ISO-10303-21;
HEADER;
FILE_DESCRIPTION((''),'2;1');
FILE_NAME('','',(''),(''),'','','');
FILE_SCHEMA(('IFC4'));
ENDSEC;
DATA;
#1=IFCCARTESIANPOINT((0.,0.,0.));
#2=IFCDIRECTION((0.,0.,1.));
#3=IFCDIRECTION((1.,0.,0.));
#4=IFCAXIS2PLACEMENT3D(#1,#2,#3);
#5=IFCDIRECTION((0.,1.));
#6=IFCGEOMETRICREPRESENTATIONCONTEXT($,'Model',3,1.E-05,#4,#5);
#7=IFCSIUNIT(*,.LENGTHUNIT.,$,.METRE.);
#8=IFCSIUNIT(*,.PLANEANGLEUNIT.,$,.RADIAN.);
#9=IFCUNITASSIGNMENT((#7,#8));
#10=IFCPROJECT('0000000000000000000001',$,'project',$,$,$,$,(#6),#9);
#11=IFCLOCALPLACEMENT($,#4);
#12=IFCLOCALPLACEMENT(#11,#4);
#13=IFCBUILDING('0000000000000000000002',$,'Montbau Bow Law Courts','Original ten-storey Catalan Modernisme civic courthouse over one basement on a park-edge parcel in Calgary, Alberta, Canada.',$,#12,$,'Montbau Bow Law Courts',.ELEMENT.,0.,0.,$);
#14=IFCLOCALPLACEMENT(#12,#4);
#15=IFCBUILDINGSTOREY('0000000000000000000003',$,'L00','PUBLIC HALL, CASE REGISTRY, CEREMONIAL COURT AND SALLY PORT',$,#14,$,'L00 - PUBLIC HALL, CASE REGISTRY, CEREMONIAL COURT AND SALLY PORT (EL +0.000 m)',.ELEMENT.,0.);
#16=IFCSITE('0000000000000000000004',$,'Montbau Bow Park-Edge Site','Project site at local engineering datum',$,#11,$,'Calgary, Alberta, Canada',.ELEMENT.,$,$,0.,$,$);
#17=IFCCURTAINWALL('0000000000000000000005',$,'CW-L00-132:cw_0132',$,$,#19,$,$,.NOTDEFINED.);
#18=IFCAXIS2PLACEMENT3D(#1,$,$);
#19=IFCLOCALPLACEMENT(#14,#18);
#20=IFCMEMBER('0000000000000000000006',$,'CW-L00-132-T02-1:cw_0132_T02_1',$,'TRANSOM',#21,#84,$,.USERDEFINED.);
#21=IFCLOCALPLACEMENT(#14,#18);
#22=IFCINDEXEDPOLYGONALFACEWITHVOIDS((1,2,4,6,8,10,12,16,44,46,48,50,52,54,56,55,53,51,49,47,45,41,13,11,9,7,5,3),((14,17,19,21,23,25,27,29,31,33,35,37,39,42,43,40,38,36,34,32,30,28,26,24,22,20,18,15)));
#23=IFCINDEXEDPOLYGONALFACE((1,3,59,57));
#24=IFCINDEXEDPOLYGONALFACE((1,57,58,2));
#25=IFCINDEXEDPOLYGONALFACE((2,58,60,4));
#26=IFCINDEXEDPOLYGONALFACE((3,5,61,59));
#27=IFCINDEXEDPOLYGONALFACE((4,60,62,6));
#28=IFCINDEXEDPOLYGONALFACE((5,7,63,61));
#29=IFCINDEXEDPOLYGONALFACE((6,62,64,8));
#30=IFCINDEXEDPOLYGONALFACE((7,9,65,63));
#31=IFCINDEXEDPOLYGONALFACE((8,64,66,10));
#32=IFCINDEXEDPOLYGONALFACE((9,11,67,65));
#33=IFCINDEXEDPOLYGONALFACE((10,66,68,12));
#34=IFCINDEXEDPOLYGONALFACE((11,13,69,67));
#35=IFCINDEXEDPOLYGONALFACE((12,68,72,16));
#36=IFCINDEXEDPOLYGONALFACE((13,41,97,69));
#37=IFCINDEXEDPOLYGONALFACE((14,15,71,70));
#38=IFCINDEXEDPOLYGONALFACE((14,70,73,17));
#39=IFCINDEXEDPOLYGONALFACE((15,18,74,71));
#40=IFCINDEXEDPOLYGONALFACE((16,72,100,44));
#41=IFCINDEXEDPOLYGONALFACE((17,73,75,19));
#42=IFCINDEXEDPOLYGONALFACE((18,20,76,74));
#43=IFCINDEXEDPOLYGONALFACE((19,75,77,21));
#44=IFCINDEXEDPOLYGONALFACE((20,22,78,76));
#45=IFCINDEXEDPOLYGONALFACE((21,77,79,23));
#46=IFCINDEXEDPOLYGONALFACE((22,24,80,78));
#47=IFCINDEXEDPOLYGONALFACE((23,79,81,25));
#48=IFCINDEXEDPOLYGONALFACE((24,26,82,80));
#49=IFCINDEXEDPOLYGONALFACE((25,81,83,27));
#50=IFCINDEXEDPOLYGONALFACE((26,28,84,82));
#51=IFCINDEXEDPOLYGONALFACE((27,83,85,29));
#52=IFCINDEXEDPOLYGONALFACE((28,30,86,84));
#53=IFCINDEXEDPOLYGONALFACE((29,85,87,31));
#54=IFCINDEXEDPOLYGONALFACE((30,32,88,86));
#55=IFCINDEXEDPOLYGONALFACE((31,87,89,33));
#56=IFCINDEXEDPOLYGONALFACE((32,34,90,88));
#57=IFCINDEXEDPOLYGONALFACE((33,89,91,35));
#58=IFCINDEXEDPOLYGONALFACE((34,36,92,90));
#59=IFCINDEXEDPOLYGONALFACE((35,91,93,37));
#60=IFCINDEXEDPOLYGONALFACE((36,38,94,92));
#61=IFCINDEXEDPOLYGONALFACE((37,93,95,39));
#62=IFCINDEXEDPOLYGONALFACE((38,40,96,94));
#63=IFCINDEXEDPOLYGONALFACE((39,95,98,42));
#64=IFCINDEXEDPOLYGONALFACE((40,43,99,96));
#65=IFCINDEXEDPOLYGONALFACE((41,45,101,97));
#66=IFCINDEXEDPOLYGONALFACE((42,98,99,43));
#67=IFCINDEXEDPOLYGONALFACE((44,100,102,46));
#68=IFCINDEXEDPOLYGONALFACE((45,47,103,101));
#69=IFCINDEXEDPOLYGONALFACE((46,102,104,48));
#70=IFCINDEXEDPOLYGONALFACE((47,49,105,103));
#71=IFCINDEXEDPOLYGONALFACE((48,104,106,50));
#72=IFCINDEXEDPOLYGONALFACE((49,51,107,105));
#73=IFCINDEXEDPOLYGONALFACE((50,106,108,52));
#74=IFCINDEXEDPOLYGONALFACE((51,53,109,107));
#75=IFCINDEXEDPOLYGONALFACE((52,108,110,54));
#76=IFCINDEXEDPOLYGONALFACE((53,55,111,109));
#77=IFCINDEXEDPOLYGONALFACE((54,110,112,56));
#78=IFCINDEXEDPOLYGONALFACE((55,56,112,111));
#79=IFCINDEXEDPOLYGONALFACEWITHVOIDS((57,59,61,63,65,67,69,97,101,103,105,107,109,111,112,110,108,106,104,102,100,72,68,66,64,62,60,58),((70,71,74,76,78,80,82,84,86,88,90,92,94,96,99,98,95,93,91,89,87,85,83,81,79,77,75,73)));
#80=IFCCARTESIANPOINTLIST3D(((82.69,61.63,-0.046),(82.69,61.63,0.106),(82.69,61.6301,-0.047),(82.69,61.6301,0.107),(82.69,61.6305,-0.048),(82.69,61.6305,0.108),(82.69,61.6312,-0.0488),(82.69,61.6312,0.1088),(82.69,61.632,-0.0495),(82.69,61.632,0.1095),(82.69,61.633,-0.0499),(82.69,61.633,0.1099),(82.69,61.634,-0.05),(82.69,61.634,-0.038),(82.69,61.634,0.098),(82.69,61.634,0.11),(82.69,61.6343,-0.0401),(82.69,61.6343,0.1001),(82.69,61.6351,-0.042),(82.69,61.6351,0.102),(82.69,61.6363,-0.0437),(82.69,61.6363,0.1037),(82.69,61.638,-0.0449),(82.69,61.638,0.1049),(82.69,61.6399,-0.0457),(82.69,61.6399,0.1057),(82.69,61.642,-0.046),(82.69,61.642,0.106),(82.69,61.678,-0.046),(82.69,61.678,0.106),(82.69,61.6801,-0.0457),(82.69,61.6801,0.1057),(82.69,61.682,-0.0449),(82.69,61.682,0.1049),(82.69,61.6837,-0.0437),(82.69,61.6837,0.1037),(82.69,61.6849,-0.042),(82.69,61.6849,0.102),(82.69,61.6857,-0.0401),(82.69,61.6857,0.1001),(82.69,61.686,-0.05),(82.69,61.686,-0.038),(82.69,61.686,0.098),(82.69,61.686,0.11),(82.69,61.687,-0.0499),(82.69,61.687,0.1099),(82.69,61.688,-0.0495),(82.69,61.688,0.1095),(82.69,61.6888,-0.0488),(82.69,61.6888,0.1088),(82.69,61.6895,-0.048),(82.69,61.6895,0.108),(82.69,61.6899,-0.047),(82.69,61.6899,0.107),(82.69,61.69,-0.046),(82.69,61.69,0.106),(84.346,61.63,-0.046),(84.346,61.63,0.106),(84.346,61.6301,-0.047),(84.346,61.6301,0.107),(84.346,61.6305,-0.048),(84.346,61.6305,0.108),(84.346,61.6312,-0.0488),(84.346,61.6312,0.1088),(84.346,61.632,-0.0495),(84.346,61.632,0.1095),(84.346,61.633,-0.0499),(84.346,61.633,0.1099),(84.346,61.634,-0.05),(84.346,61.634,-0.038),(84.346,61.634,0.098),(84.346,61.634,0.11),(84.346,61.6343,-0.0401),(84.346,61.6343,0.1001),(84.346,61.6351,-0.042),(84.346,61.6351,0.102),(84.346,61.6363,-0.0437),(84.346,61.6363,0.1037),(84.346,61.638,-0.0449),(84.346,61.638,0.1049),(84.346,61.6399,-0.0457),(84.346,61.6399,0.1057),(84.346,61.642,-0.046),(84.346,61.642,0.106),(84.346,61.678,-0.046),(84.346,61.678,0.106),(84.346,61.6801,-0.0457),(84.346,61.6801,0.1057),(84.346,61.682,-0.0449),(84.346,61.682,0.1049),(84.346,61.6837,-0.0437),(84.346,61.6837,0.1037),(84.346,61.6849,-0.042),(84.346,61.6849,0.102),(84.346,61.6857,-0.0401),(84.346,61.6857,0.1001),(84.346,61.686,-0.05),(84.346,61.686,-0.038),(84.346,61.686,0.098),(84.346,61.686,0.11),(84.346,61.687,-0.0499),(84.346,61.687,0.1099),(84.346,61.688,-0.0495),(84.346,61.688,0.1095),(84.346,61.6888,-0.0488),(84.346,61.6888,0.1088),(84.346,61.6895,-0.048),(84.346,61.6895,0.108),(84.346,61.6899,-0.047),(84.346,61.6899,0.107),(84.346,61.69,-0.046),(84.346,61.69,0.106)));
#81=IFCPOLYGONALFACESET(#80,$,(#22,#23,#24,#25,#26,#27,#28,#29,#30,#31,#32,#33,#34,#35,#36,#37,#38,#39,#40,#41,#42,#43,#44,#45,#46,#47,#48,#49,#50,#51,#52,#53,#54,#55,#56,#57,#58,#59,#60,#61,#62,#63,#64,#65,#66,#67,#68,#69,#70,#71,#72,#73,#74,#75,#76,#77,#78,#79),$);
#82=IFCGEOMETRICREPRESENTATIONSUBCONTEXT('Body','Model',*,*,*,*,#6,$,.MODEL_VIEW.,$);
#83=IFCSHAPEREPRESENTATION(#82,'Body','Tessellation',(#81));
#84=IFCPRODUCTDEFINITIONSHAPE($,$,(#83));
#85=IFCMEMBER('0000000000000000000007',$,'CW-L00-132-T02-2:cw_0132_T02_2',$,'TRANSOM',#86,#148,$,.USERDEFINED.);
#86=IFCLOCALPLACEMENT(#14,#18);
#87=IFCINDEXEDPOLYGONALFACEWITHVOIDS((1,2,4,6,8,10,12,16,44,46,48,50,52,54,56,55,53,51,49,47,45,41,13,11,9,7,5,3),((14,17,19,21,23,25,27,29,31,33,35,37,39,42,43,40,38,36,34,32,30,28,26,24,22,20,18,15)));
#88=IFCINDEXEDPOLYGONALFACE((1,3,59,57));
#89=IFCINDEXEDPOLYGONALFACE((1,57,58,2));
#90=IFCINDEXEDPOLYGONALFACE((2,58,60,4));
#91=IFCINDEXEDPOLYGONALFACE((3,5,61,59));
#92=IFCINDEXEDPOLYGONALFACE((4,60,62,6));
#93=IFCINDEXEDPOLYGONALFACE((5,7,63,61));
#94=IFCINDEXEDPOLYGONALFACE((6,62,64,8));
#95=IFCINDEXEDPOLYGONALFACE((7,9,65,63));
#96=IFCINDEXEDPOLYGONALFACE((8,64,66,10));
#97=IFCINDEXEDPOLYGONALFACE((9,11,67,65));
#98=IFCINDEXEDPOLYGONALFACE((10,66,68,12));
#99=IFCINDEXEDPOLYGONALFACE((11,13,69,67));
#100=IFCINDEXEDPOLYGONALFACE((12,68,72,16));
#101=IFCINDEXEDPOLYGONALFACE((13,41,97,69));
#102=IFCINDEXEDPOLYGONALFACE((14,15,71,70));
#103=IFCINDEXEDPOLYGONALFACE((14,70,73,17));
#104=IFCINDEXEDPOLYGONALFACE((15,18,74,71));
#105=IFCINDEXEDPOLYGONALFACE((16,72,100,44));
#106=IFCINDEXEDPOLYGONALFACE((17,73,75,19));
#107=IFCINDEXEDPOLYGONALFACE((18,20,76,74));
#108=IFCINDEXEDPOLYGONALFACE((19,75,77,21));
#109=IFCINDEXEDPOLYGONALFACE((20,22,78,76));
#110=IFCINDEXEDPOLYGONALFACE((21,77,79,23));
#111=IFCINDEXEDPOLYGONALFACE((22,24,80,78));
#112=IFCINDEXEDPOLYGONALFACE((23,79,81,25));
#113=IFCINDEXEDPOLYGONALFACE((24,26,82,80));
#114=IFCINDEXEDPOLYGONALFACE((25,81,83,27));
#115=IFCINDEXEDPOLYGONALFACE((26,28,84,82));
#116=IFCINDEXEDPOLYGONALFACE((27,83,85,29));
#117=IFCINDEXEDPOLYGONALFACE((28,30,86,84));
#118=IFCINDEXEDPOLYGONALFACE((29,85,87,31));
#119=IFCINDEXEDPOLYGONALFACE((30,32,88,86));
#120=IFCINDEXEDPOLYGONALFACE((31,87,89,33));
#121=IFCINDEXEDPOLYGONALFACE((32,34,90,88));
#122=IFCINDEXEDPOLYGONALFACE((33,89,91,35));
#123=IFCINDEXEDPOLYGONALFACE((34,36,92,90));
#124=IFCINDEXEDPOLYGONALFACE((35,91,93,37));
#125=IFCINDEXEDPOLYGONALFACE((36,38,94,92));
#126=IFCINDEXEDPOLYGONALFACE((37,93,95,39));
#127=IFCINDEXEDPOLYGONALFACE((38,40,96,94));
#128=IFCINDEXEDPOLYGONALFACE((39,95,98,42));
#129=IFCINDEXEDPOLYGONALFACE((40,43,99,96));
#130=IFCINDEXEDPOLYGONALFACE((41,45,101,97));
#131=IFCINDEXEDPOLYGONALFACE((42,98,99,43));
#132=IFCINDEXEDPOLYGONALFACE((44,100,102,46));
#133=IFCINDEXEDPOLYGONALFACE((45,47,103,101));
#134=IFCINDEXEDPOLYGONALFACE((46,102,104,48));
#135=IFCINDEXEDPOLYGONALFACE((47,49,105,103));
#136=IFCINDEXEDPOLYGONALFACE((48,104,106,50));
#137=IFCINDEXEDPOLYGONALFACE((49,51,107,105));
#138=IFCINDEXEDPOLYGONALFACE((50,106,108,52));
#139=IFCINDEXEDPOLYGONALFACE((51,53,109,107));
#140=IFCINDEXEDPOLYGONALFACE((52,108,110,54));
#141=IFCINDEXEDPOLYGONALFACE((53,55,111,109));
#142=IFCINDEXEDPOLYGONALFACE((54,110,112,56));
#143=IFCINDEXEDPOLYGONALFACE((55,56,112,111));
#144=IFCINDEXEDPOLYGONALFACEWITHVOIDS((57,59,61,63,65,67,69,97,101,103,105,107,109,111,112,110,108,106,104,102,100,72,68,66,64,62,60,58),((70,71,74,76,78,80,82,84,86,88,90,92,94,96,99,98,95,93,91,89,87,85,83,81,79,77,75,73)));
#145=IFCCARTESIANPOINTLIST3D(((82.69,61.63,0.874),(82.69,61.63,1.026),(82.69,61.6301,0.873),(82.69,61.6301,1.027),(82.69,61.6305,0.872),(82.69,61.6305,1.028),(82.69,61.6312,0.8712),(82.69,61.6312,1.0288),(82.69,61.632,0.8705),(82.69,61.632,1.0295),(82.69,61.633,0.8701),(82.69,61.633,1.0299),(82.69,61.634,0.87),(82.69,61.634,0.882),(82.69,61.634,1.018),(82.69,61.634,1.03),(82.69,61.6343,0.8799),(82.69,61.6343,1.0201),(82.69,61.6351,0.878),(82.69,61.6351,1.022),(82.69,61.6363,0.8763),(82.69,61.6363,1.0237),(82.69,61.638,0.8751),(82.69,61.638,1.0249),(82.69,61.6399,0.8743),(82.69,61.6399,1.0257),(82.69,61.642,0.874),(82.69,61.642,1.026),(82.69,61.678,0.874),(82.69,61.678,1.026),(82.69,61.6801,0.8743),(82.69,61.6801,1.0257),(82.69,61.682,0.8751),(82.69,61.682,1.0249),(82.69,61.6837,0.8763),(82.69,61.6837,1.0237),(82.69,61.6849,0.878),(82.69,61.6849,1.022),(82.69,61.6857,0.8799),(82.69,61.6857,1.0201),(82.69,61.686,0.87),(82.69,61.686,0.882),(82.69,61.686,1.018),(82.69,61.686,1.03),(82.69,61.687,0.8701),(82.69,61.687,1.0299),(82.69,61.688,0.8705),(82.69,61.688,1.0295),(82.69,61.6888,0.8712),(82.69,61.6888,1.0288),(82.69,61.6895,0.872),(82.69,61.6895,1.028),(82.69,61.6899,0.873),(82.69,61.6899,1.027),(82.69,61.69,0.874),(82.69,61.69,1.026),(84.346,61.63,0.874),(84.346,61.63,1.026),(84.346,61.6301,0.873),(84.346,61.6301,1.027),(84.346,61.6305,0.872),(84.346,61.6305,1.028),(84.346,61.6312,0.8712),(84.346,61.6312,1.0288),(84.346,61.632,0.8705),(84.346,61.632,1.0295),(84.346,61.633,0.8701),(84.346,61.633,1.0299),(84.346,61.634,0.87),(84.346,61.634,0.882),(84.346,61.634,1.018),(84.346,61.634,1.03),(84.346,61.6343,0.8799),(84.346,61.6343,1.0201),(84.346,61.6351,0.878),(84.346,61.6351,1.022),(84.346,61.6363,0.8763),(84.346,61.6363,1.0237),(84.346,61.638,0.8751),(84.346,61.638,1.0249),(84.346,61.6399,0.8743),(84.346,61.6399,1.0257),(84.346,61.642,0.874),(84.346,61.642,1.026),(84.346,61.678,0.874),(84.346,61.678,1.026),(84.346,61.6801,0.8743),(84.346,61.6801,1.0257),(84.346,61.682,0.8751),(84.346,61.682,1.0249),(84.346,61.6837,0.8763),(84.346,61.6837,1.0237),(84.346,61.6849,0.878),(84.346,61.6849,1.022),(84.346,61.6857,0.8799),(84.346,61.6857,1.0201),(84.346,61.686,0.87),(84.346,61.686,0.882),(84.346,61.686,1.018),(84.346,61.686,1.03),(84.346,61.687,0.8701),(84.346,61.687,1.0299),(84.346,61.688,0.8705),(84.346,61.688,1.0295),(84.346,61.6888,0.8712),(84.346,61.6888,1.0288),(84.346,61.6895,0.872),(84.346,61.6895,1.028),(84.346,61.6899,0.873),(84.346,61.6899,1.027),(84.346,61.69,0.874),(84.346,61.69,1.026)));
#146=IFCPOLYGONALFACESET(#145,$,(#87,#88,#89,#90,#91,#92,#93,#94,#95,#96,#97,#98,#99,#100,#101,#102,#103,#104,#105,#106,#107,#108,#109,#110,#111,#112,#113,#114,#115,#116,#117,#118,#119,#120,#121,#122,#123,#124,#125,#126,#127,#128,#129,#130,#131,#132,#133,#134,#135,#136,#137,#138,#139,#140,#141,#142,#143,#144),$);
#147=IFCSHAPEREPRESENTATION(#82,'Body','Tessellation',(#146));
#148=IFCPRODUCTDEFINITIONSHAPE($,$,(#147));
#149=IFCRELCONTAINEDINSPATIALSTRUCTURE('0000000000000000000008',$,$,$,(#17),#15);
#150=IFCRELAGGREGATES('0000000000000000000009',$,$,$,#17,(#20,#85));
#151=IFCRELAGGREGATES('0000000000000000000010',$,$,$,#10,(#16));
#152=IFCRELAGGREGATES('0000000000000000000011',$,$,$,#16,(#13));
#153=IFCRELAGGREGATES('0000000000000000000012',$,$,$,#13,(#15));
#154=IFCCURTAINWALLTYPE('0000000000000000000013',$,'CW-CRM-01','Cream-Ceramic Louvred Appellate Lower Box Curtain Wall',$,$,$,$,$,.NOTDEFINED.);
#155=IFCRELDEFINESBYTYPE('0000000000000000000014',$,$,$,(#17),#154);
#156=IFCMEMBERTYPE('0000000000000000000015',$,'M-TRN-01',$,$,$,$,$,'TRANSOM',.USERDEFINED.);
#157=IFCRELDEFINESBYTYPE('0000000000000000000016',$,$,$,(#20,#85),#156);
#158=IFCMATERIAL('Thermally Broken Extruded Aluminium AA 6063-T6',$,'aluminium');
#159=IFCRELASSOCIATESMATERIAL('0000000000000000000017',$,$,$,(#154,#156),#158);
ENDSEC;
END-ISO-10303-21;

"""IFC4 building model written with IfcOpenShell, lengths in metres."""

from ifc_helpers import new_model, si_unit, direction, frame, origin_with_axes, origin_2d_with_axis, place, context, subcontext, project, spatial, hollow_rectangle, extrude, material, material_profile, profile_set, type_object, element, aggregate, save


model = new_model("IFC4")

# Units and contexts
model_context = context("Model", 3, precision=1e-05, world=origin_with_axes(), true_north=direction((0.0, 1.0)))
body_context = subcontext(model_context, "Body", "Model", "MODEL_VIEW")
ifc_project = project(units=[si_unit("LENGTHUNIT", "METRE"), si_unit("PLANEANGLEUNIT", "RADIAN")], contexts=[model_context])

# Site, building, storey
site_placement = place(None, origin_with_axes())
site = spatial("IfcSite", under=ifc_project, at=site_placement, Name="Montbau Bow Park-Edge Site", Description="Project site at local engineering datum", LongName="Calgary, Alberta, Canada", CompositionType="ELEMENT", RefElevation=0.0)
building_placement = place(site_placement, origin_with_axes())
building = spatial("IfcBuilding", under=site, at=building_placement, Name="Montbau Bow Law Courts", Description="Original ten-storey Catalan Modernisme civic courthouse over one basement on a park-edge parcel in Calgary, Alberta, Canada.", LongName="Montbau Bow Law Courts", CompositionType="ELEMENT", ElevationOfRefHeight=0.0, ElevationOfTerrain=0.0)
storey_placement = place(building_placement, origin_with_axes())
storey = spatial("IfcBuildingStorey", under=building, at=storey_placement, Name="L00", Description="PUBLIC HALL, CASE REGISTRY, CEREMONIAL COURT AND SALLY PORT", LongName="L00 - PUBLIC HALL, CASE REGISTRY, CEREMONIAL COURT AND SALLY PORT (EL +0.000 m)", CompositionType="ELEMENT", Elevation=0.0)

# Curtain wall, members
ifc_material_1 = material(Name="Thermally Broken Extruded Aluminium AA 6063-T6", Category="aluminium")
curtain_wall_type = type_object("IfcCurtainWallType", Name="CW-CRM-01", Description="Cream-Ceramic Louvred Appellate Lower Box Curtain Wall", PredefinedType="NOTDEFINED", material=ifc_material_1)
curtain_wall_placement = place(None, frame((80.915, 61.66, 0.0), z_axis=(0.0, 0.0, 1.0), x_axis=(1.0, 0.0, 0.0)))
curtain_wall = element("IfcCurtainWall", 1, at=curtain_wall_placement, inside=storey, type_object=curtain_wall_type, Name="CW-L00-132:cw_0132", PredefinedType="NOTDEFINED")
ifc_material_profile_1 = material_profile(ifc_material_1, hollow_rectangle(XDim=0.06, YDim=0.16, WallThickness=0.004, InnerFilletRadius=0.008, OuterFilletRadius=0.004, at=origin_2d_with_axis()), Name="CWT-160X60", Category="Main", Priority=0)
ifc_profile_set_1 = profile_set([ifc_material_profile_1], Name="Thermally Broken Extruded Aluminium AA 6063-T6")
member_type_1 = type_object("IfcMemberType", Name="M-TRN-01", ElementType="TRANSOM", PredefinedType="USERDEFINED", material=ifc_profile_set_1)
member_1_placement = place(None, frame((82.69, 61.66, 0.03), z_axis=(1.0, 0.0, 0.0), x_axis=(0.0, 1.0, 0.0)))
member_1 = element("IfcMember", 2, at=member_1_placement, type_object=member_type_1, Name="CW-L00-132-T02-1:cw_0132_T02_1", ObjectType="TRANSOM", PredefinedType="USERDEFINED", context=body_context, shape_type="SweptSolid", body=[
    extrude(hollow_rectangle(XDim=0.06, YDim=0.16, WallThickness=0.004, InnerFilletRadius=0.008, OuterFilletRadius=0.004, at=origin_2d_with_axis()), origin_with_axes(), (0.0, 0.0, 1.0), 1.656),
])
member_2_placement = place(None, frame((82.69, 61.66, 0.95), z_axis=(1.0, 0.0, 0.0), x_axis=(0.0, 1.0, 0.0)))
member_2 = element("IfcMember", 3, at=member_2_placement, type_object=member_type_1, Name="CW-L00-132-T02-2:cw_0132_T02_2", ObjectType="TRANSOM", PredefinedType="USERDEFINED", context=body_context, shape_type="SweptSolid", body=[
    extrude(hollow_rectangle(XDim=0.06, YDim=0.16, WallThickness=0.004, InnerFilletRadius=0.008, OuterFilletRadius=0.004, at=origin_2d_with_axis()), origin_with_axes(), (0.0, 0.0, 1.0), 1.656),
])

aggregate(curtain_wall, [member_1, member_2])

save(model, "model.ifc")
